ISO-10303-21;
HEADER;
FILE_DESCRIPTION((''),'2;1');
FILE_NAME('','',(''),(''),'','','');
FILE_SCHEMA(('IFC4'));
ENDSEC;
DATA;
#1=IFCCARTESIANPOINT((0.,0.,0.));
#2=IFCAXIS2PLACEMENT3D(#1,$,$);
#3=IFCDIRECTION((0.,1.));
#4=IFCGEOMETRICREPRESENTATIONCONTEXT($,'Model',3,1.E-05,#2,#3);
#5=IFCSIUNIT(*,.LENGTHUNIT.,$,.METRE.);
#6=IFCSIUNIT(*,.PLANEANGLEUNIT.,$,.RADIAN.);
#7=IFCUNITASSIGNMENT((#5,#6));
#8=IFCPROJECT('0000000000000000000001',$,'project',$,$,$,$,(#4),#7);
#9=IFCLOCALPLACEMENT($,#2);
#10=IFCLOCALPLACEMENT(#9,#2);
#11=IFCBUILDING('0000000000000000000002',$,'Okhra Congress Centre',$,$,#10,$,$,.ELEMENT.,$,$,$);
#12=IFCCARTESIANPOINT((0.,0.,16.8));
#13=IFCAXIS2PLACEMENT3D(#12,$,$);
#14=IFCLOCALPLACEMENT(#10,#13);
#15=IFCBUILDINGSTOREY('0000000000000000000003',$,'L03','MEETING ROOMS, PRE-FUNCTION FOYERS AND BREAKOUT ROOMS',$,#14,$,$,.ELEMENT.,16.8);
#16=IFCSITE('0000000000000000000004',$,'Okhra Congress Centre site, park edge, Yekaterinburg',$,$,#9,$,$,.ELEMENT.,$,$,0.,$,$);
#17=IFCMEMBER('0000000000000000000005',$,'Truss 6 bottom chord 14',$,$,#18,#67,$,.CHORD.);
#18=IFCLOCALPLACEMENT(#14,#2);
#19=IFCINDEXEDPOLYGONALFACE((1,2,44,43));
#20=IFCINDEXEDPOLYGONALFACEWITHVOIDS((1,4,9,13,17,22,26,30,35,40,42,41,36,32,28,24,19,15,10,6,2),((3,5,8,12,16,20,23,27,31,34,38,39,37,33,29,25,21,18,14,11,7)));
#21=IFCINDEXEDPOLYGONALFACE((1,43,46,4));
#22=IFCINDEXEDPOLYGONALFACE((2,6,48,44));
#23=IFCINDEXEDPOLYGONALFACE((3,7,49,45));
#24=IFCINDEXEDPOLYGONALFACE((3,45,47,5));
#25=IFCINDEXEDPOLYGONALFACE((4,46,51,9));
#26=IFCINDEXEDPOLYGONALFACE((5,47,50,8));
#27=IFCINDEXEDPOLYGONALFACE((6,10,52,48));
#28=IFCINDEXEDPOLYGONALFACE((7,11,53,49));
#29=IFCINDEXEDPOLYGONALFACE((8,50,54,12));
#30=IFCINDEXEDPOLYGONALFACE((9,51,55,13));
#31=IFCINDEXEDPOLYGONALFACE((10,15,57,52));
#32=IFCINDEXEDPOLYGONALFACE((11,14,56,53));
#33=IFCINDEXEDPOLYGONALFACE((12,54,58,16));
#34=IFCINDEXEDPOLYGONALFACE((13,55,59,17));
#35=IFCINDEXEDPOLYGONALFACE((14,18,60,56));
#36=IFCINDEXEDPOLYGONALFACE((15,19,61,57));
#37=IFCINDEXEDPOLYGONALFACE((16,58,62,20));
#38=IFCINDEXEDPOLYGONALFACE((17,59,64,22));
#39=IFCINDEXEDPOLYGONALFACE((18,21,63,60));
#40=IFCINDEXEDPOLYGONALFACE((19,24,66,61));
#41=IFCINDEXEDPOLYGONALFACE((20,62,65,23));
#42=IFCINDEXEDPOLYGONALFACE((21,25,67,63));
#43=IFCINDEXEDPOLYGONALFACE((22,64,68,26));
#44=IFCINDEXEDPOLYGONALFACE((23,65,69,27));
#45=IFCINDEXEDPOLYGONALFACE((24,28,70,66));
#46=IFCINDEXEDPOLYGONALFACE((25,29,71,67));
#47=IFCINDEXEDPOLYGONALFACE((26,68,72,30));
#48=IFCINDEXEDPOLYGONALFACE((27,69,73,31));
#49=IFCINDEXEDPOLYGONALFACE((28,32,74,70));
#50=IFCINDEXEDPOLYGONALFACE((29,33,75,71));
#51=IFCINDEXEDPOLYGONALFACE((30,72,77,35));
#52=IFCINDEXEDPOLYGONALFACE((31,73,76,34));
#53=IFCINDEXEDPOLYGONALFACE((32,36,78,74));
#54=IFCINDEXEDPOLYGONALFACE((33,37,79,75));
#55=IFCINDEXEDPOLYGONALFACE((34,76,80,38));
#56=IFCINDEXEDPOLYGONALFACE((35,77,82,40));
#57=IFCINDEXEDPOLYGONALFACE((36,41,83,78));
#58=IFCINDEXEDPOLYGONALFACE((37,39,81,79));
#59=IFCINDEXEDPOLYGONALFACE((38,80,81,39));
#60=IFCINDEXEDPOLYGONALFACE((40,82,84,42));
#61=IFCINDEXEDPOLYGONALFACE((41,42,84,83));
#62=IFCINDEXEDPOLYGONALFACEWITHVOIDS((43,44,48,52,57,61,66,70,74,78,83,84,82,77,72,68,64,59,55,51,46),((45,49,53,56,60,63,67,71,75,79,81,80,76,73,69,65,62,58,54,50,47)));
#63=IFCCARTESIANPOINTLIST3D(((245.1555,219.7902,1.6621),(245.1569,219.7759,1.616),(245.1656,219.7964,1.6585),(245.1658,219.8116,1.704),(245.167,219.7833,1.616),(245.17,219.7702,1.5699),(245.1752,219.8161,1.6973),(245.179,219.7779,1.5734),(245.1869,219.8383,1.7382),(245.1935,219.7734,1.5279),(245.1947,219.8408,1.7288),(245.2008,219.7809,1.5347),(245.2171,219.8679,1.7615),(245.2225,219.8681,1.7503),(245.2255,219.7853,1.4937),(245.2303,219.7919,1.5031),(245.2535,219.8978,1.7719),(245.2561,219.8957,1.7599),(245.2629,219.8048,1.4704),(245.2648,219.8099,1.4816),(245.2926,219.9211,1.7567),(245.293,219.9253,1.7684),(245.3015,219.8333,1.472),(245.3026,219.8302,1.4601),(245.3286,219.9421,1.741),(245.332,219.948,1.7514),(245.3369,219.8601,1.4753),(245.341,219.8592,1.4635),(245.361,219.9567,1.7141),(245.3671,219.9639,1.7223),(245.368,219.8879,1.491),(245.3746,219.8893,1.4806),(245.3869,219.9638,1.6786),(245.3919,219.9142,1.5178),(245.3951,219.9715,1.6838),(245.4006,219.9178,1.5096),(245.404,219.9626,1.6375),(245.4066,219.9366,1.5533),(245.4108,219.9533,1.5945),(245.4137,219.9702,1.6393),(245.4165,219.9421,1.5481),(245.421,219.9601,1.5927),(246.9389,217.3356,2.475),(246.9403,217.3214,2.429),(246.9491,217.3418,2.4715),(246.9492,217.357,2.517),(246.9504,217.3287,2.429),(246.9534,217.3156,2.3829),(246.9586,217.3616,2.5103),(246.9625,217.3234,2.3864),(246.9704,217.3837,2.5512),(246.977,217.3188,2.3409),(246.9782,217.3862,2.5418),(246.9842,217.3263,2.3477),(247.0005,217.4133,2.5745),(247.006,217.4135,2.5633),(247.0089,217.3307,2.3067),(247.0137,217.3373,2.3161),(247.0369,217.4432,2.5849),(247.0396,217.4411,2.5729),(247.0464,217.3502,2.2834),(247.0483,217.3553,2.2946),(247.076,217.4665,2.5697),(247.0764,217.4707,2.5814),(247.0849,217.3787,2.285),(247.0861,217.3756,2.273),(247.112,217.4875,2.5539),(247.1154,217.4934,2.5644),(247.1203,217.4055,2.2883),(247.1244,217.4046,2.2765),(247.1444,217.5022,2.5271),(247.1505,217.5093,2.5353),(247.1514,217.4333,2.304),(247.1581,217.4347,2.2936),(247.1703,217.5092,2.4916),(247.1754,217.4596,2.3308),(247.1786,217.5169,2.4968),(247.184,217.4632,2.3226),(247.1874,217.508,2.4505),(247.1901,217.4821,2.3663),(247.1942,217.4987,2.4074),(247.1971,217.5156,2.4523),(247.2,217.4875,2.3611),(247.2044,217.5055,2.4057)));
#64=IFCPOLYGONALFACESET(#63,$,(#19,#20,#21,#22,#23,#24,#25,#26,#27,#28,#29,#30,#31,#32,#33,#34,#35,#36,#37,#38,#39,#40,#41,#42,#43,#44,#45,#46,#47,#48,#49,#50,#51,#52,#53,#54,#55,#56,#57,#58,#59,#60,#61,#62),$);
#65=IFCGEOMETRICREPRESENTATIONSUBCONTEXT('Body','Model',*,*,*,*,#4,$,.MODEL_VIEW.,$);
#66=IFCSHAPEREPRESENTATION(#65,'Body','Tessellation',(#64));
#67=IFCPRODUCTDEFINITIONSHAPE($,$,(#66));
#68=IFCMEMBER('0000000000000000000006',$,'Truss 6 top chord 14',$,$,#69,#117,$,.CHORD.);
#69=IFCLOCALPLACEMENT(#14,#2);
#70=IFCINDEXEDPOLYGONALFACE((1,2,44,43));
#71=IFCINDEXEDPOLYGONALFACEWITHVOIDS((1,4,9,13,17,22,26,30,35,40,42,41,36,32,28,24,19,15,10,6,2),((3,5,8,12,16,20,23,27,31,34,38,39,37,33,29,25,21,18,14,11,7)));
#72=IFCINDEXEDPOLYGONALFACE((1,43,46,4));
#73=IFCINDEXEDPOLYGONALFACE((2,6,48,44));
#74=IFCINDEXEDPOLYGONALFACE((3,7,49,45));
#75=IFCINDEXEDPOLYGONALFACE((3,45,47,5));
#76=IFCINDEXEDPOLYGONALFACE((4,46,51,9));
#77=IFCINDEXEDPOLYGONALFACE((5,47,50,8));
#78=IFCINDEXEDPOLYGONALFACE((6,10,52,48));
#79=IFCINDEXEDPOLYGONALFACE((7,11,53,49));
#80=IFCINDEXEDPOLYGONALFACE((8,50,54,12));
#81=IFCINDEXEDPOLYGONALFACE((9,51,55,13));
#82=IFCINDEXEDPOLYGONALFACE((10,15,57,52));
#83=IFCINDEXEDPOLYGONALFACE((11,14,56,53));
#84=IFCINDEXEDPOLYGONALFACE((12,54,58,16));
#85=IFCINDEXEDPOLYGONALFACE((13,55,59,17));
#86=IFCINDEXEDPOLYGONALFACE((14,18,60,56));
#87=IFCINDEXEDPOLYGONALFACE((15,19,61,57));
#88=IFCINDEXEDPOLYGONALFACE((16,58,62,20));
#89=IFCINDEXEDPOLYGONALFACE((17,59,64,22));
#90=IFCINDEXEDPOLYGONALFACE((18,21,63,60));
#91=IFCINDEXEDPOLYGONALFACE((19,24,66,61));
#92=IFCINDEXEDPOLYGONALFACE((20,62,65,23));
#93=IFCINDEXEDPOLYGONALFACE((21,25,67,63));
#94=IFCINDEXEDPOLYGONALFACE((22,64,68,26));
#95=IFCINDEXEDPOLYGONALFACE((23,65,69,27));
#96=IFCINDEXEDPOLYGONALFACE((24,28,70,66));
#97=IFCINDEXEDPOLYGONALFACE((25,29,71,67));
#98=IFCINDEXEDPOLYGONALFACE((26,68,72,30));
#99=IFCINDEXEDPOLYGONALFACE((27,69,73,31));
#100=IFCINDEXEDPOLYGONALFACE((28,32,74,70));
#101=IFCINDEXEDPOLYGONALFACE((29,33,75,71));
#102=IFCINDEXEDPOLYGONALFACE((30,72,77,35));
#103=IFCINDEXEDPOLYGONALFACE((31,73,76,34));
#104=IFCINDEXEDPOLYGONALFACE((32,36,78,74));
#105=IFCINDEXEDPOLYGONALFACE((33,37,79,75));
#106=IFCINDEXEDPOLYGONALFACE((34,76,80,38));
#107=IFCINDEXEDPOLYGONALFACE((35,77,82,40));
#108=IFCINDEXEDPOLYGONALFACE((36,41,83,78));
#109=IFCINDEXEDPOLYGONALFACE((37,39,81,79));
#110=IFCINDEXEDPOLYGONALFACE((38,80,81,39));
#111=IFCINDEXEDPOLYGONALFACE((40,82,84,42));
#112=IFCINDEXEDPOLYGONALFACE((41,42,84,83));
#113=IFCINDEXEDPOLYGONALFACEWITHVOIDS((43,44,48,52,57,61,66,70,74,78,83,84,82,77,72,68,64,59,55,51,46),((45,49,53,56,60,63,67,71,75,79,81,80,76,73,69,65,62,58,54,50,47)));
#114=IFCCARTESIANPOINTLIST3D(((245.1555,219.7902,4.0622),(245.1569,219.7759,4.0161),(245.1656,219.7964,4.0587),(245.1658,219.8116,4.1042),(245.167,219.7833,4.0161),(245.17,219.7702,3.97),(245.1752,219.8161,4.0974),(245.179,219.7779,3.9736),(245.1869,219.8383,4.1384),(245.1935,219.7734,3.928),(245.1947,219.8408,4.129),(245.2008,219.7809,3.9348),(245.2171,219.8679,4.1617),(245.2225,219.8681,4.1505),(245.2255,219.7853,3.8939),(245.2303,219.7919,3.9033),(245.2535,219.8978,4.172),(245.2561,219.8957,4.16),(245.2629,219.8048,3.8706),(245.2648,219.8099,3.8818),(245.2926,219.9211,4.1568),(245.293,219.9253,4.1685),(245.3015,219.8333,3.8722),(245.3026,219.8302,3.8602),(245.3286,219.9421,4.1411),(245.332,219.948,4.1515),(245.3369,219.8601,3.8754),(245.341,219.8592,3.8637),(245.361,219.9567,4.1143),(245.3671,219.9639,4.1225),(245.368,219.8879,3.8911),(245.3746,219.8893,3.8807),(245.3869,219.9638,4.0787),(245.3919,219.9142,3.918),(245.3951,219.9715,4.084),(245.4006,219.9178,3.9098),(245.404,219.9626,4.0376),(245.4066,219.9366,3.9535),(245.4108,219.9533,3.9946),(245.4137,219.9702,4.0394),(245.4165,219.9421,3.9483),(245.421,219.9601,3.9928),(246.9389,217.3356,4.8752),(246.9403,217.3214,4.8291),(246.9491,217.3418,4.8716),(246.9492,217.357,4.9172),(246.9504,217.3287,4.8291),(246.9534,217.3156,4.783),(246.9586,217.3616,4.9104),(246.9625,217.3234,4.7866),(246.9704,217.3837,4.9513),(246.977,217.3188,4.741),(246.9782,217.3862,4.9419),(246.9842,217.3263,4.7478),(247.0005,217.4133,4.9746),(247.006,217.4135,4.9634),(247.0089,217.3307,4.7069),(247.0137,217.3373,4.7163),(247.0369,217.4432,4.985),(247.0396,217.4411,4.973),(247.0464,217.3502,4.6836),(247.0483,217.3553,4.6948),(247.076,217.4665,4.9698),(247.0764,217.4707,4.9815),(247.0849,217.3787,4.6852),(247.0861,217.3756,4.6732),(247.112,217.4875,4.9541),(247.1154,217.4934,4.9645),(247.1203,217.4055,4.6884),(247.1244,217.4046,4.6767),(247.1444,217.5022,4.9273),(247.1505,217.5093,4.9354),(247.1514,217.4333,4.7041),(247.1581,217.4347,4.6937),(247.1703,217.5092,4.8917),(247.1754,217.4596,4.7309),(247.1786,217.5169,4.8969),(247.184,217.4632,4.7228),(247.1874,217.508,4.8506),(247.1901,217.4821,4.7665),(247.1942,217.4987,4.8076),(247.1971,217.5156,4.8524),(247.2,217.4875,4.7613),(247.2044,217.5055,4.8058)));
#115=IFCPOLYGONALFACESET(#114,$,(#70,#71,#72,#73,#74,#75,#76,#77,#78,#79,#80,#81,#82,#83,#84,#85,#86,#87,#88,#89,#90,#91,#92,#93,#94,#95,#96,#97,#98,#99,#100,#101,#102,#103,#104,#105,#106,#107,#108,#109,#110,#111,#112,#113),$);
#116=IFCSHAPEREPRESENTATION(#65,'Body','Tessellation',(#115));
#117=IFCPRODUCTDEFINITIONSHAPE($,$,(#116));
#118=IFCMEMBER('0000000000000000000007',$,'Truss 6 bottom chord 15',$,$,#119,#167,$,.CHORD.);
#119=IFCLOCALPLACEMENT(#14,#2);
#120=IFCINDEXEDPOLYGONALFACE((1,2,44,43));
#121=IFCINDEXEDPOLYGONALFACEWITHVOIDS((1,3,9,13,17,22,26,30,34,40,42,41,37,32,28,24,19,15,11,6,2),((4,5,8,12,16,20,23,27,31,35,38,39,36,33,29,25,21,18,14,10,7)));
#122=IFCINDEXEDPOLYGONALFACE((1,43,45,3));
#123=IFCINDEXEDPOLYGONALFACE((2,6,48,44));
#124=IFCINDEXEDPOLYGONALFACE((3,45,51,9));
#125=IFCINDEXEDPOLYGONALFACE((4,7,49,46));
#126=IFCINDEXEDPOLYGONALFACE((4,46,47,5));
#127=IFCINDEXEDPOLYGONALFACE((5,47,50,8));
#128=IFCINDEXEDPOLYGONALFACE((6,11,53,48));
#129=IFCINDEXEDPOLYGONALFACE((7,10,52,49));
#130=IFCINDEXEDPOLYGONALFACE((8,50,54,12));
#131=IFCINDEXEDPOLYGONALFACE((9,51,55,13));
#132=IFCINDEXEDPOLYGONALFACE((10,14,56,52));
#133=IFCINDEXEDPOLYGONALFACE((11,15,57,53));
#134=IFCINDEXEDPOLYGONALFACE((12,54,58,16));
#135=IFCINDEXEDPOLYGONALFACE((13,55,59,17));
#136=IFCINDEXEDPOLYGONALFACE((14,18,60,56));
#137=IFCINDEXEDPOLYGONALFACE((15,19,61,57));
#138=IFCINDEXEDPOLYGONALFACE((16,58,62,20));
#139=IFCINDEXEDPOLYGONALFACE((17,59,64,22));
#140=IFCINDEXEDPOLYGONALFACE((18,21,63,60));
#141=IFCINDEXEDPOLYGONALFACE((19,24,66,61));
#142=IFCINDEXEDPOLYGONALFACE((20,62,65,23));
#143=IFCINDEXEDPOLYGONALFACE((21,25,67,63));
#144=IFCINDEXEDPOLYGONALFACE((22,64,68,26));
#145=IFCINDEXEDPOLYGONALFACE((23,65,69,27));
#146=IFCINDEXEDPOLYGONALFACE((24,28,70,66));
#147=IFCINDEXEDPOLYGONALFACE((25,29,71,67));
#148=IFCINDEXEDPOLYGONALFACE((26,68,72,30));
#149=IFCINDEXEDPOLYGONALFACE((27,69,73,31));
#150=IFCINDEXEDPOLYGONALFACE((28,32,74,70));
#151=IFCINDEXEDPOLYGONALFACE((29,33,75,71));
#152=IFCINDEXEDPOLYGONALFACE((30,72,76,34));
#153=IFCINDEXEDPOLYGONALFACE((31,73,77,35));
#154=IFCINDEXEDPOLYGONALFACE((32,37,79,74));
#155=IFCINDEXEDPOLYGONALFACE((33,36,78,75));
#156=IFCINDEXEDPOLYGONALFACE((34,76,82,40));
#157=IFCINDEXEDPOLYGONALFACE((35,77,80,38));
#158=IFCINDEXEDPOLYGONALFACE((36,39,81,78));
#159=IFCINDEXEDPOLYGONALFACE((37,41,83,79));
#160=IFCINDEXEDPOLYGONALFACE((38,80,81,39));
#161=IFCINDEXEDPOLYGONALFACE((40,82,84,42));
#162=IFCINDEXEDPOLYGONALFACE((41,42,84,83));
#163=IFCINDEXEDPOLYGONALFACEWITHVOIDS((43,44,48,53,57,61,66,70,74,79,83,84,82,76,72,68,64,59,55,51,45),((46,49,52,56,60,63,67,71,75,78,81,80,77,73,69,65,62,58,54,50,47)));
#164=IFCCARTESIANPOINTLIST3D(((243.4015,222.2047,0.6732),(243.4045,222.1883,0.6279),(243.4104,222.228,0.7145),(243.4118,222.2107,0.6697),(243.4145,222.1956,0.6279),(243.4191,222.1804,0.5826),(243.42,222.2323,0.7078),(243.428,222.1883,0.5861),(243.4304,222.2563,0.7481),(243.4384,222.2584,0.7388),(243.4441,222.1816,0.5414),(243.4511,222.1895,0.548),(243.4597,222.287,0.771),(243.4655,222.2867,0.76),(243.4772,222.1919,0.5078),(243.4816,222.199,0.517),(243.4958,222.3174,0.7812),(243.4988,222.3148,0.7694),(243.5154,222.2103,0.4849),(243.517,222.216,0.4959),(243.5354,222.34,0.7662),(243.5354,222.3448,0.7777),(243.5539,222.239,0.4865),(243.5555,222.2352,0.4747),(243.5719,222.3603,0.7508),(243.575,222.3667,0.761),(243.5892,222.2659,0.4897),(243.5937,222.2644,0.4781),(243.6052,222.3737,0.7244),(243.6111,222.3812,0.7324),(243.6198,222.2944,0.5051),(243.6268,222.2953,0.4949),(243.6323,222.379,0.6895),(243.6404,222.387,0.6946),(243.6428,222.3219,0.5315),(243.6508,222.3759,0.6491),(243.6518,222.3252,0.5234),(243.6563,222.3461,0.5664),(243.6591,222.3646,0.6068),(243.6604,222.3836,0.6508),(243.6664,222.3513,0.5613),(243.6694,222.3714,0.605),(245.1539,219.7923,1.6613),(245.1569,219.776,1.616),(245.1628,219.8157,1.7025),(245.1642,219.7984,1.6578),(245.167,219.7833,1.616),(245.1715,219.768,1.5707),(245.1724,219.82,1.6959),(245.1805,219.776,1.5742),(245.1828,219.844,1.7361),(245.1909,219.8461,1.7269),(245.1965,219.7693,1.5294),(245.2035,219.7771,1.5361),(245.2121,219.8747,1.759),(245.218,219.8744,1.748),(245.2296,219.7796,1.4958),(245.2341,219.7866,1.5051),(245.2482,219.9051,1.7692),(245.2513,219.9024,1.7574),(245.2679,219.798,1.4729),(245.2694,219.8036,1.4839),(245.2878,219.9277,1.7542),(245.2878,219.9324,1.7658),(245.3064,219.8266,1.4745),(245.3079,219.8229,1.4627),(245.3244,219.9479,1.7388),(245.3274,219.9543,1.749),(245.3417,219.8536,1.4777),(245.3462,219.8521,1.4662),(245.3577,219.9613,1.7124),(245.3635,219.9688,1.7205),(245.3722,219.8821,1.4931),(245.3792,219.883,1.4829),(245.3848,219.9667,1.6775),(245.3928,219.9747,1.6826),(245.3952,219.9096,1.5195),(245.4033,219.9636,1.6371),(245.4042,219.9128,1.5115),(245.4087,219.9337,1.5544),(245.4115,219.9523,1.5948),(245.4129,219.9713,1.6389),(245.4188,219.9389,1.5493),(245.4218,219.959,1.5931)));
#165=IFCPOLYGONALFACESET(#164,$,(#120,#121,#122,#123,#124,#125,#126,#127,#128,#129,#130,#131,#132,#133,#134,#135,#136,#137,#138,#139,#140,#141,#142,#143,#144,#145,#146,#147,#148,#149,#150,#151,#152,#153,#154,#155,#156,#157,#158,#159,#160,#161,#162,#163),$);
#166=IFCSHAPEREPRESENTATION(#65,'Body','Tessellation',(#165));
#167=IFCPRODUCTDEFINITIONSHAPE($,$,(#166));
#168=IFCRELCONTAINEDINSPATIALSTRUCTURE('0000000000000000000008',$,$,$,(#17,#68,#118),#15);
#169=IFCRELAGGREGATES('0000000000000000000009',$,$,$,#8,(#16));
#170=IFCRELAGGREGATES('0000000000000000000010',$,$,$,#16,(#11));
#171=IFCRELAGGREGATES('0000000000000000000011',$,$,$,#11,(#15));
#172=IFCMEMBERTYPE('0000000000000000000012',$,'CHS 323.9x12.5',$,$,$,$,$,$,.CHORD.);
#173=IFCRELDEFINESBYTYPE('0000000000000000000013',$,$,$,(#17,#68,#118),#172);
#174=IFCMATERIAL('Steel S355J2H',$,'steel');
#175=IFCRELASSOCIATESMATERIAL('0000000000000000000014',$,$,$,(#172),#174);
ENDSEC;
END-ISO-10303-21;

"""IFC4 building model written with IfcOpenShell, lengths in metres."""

from ifc_helpers import new_model, si_unit, direction, frame, origin, origin_2d, place, context, subcontext, project, spatial, hollow_circle, extrude, material, material_profile, profile_set, type_object, element, save


model = new_model("IFC4")

# Units and contexts
model_context = context("Model", 3, precision=1e-05, world=origin(), true_north=direction((0.0, 1.0)))
body_context = subcontext(model_context, "Body", "Model", "MODEL_VIEW")
ifc_project = project(units=[si_unit("LENGTHUNIT", "METRE"), si_unit("PLANEANGLEUNIT", "RADIAN")], contexts=[model_context])

# Site, building, storey
site_placement = place(None, origin())
site = spatial("IfcSite", under=ifc_project, at=site_placement, Name="Okhra Congress Centre site, park edge, Yekaterinburg", CompositionType="ELEMENT", RefElevation=0.0)
building_placement = place(site_placement, origin())
building = spatial("IfcBuilding", under=site, at=building_placement, Name="Okhra Congress Centre", CompositionType="ELEMENT")
storey_placement = place(building_placement, frame((0.0, 0.0, 16.8)))
storey = spatial("IfcBuildingStorey", under=building, at=storey_placement, Name="L03", Description="MEETING ROOMS, PRE-FUNCTION FOYERS AND BREAKOUT ROOMS", CompositionType="ELEMENT", Elevation=16.8)

# Members
ifc_material_1 = material(Name="Steel S355J2H", Category="steel")
ifc_material_profile_1 = material_profile(ifc_material_1, hollow_circle(Radius=0.1619, WallThickness=0.0125, at=origin_2d()), Name="CHS 323.9x12.5")
ifc_profile_set_1 = profile_set([ifc_material_profile_1], Name="Steel S355J2H")
member_type_1 = type_object("IfcMemberType", Name="CHS 323.9x12.5", PredefinedType="CHORD", material=ifc_profile_set_1)
for number, where, z_axis, x_axis, name in (
    (1, (247.0713, 217.4165, 2.429), (-0.567774, 0.781437, -0.258821), (-0.809004, -0.587803, 0.0), "Truss 6 bottom chord 14"),
    (2, (247.0713, 217.4165, 4.8291), (-0.567774, 0.781437, -0.258821), (-0.809004, -0.587803, 0.0), "Truss 6 top chord 14"),
    (3, (245.2878, 219.8711, 1.616), (-0.557901, 0.767988, -0.314548), (-0.809055, -0.587733, 0.0), "Truss 6 bottom chord 15"),
):
    element("IfcMember", number, at=place(storey_placement, frame(where, z_axis=z_axis, x_axis=x_axis)), inside=storey, type_object=member_type_1, Name=name, PredefinedType="CHORD", context=body_context, shape_type="SweptSolid", body=[
        extrude(hollow_circle(Radius=0.1619, WallThickness=0.0125, at=origin_2d()), origin(), (0.0, 0.0, 1.0), 3.1411),
    ])

save(model, "model.ifc")
